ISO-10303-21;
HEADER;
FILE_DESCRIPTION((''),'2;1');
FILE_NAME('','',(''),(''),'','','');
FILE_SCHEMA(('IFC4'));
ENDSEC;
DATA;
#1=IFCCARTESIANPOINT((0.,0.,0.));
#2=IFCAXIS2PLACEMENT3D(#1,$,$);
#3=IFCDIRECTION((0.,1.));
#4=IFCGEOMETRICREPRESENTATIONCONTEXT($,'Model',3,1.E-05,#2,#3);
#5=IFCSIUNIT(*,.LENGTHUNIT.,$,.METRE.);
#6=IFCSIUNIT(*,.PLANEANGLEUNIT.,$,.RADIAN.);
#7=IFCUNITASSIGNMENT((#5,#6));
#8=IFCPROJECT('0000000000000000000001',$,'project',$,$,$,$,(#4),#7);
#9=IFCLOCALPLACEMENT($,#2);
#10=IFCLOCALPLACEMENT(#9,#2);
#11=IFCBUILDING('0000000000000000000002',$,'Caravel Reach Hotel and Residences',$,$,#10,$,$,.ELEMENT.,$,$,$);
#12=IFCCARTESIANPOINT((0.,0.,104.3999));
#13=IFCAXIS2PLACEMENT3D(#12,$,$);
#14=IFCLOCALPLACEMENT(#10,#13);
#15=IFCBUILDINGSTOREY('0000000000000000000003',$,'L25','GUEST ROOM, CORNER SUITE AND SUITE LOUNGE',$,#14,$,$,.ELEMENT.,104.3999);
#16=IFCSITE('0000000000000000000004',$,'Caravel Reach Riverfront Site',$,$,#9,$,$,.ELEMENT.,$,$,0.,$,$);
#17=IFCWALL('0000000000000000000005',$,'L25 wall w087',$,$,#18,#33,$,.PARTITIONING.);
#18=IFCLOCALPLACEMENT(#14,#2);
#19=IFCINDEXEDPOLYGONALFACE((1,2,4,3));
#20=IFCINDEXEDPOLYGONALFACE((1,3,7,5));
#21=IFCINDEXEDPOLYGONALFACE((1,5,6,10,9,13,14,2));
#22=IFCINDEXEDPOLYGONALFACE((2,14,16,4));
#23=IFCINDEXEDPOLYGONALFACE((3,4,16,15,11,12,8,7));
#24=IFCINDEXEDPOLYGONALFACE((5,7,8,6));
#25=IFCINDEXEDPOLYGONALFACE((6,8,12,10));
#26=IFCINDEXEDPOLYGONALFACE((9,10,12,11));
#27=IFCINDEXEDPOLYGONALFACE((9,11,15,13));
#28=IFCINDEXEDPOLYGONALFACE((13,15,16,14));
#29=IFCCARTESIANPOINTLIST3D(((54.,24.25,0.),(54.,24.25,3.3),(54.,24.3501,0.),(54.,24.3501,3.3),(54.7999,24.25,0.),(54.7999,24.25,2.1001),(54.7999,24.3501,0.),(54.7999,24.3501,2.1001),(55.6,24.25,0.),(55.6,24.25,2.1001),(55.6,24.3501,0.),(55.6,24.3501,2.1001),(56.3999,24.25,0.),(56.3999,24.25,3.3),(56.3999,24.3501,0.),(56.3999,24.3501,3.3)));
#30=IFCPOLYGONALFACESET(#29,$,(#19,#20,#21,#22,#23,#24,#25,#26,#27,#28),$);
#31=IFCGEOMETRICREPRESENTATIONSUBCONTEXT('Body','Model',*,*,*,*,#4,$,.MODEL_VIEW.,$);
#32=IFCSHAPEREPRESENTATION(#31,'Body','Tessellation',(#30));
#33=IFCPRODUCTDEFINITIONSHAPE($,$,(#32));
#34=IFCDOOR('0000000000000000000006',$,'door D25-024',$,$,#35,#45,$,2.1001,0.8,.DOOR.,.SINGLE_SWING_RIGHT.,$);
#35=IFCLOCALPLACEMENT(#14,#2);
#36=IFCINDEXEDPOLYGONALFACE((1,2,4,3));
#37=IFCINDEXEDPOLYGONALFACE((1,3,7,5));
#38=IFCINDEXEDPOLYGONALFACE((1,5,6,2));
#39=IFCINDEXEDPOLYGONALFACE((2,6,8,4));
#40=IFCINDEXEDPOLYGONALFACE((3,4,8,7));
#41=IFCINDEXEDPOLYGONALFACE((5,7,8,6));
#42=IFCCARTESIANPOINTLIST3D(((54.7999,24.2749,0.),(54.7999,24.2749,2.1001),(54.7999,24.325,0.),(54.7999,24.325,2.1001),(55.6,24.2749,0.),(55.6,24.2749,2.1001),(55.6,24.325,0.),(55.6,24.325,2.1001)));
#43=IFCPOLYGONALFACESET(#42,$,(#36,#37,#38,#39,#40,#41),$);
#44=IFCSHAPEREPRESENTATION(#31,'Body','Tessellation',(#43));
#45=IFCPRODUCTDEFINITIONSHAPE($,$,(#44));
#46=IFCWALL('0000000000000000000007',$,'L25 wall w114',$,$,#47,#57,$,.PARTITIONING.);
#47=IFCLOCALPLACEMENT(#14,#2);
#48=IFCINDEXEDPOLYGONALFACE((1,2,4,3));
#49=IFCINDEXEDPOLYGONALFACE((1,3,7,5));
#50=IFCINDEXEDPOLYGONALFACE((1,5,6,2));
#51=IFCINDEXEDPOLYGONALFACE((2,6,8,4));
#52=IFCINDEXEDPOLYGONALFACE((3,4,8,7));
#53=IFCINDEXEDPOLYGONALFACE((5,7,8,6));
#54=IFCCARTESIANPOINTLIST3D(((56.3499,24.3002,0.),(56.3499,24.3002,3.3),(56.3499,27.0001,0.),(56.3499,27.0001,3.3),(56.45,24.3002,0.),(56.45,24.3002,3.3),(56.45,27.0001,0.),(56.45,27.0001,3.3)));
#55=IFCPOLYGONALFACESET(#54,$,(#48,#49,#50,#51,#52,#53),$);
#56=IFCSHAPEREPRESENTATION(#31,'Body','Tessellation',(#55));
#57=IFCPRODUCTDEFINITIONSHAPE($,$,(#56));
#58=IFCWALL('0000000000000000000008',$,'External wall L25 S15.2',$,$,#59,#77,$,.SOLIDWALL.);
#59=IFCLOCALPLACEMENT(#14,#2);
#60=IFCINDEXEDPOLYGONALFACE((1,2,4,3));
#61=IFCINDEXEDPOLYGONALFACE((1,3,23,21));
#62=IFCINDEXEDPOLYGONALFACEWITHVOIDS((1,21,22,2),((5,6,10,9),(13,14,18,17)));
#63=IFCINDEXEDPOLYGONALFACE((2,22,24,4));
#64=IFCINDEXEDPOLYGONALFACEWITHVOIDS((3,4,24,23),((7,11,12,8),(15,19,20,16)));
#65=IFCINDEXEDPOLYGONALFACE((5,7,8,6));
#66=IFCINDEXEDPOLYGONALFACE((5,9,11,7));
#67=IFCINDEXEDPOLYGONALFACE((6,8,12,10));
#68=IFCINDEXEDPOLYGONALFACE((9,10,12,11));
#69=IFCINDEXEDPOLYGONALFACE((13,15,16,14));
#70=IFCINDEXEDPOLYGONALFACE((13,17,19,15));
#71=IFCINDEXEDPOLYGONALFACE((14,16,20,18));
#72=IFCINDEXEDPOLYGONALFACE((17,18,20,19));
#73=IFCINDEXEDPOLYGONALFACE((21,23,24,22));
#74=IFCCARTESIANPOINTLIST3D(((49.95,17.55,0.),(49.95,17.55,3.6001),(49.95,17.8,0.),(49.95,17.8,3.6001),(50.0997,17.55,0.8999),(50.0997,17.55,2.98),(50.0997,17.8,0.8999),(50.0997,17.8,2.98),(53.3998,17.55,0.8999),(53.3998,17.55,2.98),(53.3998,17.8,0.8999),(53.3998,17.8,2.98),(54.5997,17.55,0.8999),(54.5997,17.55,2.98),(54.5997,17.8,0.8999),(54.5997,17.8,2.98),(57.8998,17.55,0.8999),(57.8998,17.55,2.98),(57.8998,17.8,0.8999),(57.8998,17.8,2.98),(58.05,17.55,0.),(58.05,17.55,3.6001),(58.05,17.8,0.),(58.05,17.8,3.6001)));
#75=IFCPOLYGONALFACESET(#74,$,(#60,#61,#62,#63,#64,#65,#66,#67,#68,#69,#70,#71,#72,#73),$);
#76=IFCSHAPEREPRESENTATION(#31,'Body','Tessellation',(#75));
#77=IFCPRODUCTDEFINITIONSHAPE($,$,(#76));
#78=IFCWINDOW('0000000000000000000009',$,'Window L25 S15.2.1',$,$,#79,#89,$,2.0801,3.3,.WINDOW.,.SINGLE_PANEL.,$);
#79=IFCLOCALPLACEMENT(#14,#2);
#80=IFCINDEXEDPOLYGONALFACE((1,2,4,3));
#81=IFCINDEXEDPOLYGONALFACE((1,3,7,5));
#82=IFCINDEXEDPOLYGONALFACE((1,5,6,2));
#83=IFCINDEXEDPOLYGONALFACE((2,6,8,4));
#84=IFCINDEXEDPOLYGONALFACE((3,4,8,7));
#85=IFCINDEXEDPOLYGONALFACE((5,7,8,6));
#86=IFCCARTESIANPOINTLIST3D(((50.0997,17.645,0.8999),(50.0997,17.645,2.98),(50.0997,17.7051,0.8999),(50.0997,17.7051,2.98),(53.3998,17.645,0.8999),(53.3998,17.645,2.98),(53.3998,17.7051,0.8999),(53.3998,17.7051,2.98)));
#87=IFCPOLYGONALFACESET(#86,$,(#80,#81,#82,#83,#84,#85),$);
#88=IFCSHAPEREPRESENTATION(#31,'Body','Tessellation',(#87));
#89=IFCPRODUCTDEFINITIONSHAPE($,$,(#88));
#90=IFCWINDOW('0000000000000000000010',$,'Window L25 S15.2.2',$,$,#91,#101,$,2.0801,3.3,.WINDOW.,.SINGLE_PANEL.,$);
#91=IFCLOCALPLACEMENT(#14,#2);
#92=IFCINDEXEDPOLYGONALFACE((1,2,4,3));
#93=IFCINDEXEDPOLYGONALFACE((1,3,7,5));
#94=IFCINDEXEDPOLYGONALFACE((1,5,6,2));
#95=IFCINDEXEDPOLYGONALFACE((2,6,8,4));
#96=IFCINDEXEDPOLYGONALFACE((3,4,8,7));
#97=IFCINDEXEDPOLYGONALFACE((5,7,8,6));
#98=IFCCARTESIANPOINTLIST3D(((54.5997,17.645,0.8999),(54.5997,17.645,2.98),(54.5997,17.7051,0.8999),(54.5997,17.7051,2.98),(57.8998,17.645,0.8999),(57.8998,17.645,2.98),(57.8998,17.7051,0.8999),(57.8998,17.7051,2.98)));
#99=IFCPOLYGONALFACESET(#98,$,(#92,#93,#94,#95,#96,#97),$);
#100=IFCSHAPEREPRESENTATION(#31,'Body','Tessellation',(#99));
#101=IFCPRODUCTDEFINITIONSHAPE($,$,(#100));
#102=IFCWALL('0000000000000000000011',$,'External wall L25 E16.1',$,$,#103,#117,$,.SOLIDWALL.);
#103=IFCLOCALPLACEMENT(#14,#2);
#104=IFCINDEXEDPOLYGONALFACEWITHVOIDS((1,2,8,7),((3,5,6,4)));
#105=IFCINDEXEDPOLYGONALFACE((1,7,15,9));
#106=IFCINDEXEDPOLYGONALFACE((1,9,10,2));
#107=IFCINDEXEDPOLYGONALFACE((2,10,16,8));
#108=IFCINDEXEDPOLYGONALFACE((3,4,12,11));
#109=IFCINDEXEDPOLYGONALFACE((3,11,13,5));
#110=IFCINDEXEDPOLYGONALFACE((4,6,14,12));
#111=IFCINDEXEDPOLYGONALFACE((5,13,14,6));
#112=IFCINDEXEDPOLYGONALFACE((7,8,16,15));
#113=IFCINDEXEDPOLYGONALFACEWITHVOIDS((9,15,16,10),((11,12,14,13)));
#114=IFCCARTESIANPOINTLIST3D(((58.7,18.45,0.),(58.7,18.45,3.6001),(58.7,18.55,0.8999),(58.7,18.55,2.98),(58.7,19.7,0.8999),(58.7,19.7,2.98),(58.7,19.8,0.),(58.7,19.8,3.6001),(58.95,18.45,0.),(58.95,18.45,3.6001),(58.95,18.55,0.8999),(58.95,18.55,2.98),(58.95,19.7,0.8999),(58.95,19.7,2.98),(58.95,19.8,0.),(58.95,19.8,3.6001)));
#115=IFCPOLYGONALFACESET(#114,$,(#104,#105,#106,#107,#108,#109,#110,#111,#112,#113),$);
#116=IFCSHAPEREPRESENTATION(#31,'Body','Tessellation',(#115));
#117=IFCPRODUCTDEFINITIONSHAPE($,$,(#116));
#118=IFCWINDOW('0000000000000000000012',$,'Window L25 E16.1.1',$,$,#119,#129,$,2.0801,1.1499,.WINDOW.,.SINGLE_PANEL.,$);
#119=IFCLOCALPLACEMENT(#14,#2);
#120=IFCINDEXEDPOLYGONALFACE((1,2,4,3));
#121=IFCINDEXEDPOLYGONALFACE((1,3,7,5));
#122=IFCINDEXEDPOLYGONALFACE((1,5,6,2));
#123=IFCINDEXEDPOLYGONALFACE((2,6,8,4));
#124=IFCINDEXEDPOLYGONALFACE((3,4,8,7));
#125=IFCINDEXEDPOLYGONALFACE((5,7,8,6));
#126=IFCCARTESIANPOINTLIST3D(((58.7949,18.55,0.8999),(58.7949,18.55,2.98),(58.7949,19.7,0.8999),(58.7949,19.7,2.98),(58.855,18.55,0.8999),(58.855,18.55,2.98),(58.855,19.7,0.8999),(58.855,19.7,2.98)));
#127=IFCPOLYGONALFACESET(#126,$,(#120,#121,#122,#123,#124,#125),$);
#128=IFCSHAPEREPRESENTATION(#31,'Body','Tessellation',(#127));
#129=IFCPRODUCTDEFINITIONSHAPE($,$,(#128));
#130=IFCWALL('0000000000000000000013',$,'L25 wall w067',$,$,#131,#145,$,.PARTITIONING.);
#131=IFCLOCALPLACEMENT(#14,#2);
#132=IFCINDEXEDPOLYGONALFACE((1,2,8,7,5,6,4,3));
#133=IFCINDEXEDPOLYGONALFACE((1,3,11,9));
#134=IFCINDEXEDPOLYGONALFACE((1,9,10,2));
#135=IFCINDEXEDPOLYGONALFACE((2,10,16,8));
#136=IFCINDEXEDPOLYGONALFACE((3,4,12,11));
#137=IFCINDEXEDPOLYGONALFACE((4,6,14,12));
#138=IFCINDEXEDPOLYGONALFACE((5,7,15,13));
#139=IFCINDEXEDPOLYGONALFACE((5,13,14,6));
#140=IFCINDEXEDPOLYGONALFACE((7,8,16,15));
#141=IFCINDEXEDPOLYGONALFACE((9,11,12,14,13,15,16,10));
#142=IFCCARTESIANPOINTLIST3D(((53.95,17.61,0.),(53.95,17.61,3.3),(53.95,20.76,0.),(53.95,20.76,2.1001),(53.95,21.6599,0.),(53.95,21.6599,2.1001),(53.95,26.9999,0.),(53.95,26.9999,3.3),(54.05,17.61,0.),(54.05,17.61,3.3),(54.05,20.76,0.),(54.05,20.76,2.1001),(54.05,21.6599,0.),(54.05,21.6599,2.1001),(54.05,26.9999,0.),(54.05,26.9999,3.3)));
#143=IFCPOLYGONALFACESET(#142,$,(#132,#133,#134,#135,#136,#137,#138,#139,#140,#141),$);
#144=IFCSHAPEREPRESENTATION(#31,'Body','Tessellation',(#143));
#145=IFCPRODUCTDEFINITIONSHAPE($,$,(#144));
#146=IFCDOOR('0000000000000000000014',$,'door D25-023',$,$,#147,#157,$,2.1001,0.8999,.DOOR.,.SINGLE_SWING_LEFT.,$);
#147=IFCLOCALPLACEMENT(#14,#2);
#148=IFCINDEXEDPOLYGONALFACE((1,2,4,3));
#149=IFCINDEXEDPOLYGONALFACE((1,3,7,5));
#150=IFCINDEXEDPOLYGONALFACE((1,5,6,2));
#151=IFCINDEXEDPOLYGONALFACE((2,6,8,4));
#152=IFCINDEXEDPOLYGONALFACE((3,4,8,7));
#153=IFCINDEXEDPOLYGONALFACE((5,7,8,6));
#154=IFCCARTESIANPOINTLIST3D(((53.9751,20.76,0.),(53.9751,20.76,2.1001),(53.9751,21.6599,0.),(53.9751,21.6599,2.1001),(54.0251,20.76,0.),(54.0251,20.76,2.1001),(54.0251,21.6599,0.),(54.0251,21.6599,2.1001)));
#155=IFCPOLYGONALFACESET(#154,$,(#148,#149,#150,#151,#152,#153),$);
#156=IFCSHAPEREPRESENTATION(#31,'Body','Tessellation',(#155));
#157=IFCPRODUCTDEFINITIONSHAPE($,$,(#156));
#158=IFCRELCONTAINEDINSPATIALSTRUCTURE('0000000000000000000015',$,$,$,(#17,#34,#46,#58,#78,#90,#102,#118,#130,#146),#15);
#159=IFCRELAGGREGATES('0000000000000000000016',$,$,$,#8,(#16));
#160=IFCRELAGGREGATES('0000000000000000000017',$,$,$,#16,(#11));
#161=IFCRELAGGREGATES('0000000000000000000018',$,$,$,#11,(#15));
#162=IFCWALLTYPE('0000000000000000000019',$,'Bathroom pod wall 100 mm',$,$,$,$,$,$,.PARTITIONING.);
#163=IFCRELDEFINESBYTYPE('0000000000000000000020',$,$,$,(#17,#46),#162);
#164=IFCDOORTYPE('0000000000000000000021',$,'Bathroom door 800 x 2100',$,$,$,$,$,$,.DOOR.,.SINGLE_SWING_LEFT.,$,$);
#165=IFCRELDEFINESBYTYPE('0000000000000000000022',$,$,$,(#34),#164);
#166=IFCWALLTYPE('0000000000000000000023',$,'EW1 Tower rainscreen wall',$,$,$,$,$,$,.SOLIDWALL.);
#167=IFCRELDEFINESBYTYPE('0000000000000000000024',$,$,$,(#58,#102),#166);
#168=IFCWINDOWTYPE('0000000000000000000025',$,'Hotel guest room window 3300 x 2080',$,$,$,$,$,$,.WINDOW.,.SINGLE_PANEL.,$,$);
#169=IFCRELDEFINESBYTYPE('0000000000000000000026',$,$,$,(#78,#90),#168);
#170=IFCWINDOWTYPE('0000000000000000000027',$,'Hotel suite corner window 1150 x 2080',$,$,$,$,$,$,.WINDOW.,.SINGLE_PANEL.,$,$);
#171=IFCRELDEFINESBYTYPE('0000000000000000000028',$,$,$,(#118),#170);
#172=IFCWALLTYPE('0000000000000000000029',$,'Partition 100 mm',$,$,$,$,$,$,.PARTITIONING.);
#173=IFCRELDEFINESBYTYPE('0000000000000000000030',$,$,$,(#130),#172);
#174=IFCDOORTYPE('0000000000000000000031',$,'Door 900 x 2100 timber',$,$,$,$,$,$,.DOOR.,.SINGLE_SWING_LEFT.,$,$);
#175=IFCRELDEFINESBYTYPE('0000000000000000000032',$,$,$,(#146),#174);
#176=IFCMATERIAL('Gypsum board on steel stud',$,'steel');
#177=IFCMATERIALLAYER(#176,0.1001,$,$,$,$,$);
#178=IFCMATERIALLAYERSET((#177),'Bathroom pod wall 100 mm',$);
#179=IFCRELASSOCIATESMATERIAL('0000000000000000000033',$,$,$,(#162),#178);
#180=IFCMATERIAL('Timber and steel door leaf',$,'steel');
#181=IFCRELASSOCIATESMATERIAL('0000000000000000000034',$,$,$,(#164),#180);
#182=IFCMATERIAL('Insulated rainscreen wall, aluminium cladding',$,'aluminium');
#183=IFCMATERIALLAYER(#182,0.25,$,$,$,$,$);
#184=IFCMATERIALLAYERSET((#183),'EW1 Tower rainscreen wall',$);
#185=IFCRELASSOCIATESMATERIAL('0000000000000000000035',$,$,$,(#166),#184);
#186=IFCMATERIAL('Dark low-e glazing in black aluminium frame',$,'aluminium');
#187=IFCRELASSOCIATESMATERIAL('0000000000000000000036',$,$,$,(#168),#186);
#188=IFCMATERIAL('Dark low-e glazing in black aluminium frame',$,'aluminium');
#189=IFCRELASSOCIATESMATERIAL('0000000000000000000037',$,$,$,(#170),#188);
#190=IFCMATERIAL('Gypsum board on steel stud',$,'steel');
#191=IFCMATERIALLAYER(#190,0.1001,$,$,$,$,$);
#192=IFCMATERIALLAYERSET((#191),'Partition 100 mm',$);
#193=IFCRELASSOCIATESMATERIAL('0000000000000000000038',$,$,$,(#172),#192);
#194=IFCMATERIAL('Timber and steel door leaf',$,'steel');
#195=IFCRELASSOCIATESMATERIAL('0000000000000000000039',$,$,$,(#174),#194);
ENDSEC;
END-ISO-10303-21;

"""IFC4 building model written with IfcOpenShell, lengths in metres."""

from ifc_helpers import new_model, si_unit, direction, frame, frame_2d, origin, place, context, subcontext, project, spatial, rectangle, extrude, material, layer, layer_set, type_object, element, fill, save


model = new_model("IFC4")

# Units and contexts
model_context = context("Model", 3, precision=1e-05, world=origin(), true_north=direction((0.0, 1.0)))
body_context = subcontext(model_context, "Body", "Model", "MODEL_VIEW")
ifc_project = project(units=[si_unit("LENGTHUNIT", "METRE"), si_unit("PLANEANGLEUNIT", "RADIAN")], contexts=[model_context])

# Site, building, storey
site_placement = place(None, origin())
site = spatial("IfcSite", under=ifc_project, at=site_placement, Name="Caravel Reach Riverfront Site", CompositionType="ELEMENT", RefElevation=0.0)
building_placement = place(site_placement, origin())
building = spatial("IfcBuilding", under=site, at=building_placement, Name="Caravel Reach Hotel and Residences", CompositionType="ELEMENT")
storey_placement = place(building_placement, frame((0.0, 0.0, 104.3999)))
storey = spatial("IfcBuildingStorey", under=building, at=storey_placement, Name="L25", Description="GUEST ROOM, CORNER SUITE AND SUITE LOUNGE", CompositionType="ELEMENT", Elevation=104.3999)

# Wall, opening, door
ifc_material_1 = material(Name="Gypsum board on steel stud", Category="steel")
ifc_layer_1 = layer(ifc_material_1, 0.1001)
ifc_layer_set_1 = layer_set([ifc_layer_1], Name="Bathroom pod wall 100 mm")
wall_type_1 = type_object("IfcWallType", Name="Bathroom pod wall 100 mm", PredefinedType="PARTITIONING", material=ifc_layer_set_1)
wall_1_placement = place(storey_placement, frame((54.0, 24.3, 0.0), z_axis=(0.0, 0.0, 1.0), x_axis=(1.0, 0.0, 0.0)))
wall_1 = element("IfcWall", 1, at=wall_1_placement, inside=storey, type_object=wall_type_1, Name="L25 wall w087", PredefinedType="PARTITIONING", context=body_context, shape_type="SweptSolid", body=[
    extrude(rectangle(XDim=2.3999, YDim=0.1001, at=frame_2d((1.2, 0.0))), origin(), (0.0, 0.0, 1.0), 3.3),
])
opening_1_placement = place(wall_1_placement, frame((0.8, 0.0, 0.0)))
opening_1 = element("IfcOpeningElement", 2, at=opening_1_placement, cuts=wall_1, PredefinedType="OPENING", context=body_context, shape_type="SweptSolid", body=[
    extrude(rectangle(XDim=0.8, YDim=2.1001, at=frame_2d((0.3999, 1.05))), frame((0.0, 0.0601, 0.0), z_axis=(0.0, -1.0, 0.0), x_axis=(1.0, 0.0, 0.0)), (0.0, 0.0, 1.0), 0.1201),
])
ifc_material_2 = material(Name="Timber and steel door leaf", Category="steel")
door_type_1 = type_object("IfcDoorType", Name="Bathroom door 800 x 2100", OperationType="SINGLE_SWING_LEFT", PredefinedType="DOOR", material=ifc_material_2)
door_1_placement = place(opening_1_placement, origin())
door_1 = element("IfcDoor", 3, at=door_1_placement, inside=storey, type_object=door_type_1, Name="door D25-024", OperationType="SINGLE_SWING_RIGHT", OverallHeight=2.1001, OverallWidth=0.8, PredefinedType="DOOR", context=body_context, shape_type="SweptSolid", body=[
    extrude(rectangle(XDim=0.8, YDim=2.1001, at=frame_2d((0.3999, 1.05))), frame((0.0, 0.0249, 0.0), z_axis=(0.0, -1.0, 0.0), x_axis=(1.0, 0.0, 0.0)), (0.0, 0.0, 1.0), 0.05),
])
fill(opening_1, door_1)

# Wall
wall_2_placement = place(storey_placement, frame((56.3999, 24.3, 0.0), z_axis=(0.0, 0.0, 1.0), x_axis=(0.0, 1.0, 0.0)))
element("IfcWall", 4, at=wall_2_placement, inside=storey, type_object=wall_type_1, Name="L25 wall w114", PredefinedType="PARTITIONING", context=body_context, shape_type="SweptSolid", body=[
    extrude(rectangle(XDim=2.7, YDim=0.1001, at=frame_2d((1.3501, 0.0))), origin(), (0.0, 0.0, 1.0), 3.3),
])

# Wall, openings, windows
ifc_material_3 = material(Name="Insulated rainscreen wall, aluminium cladding", Category="aluminium")
ifc_layer_2 = layer(ifc_material_3, 0.25)
ifc_layer_set_2 = layer_set([ifc_layer_2], Name="EW1 Tower rainscreen wall")
wall_type_2 = type_object("IfcWallType", Name="EW1 Tower rainscreen wall", PredefinedType="SOLIDWALL", material=ifc_layer_set_2)
wall_3_placement = place(storey_placement, frame((49.95, 17.675, 0.0), z_axis=(0.0, 0.0, 1.0), x_axis=(1.0, 0.0, 0.0)))
wall_3 = element("IfcWall", 5, at=wall_3_placement, inside=storey, type_object=wall_type_2, Name="External wall L25 S15.2", PredefinedType="SOLIDWALL", context=body_context, shape_type="SweptSolid", body=[
    extrude(rectangle(XDim=8.1001, YDim=0.25, at=frame_2d((4.05, 0.0))), origin(), (0.0, 0.0, 1.0), 3.6001),
])
opening_2_placement = place(wall_3_placement, frame((0.1499, 0.0, 0.8999)))
opening_2 = element("IfcOpeningElement", 6, at=opening_2_placement, cuts=wall_3, PredefinedType="OPENING", context=body_context, shape_type="SweptSolid", body=[
    extrude(rectangle(XDim=3.3, YDim=2.0801, at=frame_2d((1.6499, 1.04))), frame((0.0, 0.135, 0.0), z_axis=(0.0, -1.0, 0.0), x_axis=(1.0, 0.0, 0.0)), (0.0, 0.0, 1.0), 0.27),
])
opening_3_placement = place(wall_3_placement, frame((4.6499, 0.0, 0.8999)))
opening_3 = element("IfcOpeningElement", 7, at=opening_3_placement, cuts=wall_3, PredefinedType="OPENING", context=body_context, shape_type="SweptSolid", body=[
    extrude(rectangle(XDim=3.3, YDim=2.0801, at=frame_2d((1.6499, 1.04))), frame((0.0, 0.135, 0.0), z_axis=(0.0, -1.0, 0.0), x_axis=(1.0, 0.0, 0.0)), (0.0, 0.0, 1.0), 0.27),
])
ifc_material_4 = material(Name="Dark low-e glazing in black aluminium frame", Category="aluminium")
window_type_1 = type_object("IfcWindowType", Name="Hotel guest room window 3300 x 2080", PartitioningType="SINGLE_PANEL", PredefinedType="WINDOW", material=ifc_material_4)
window_1_placement = place(opening_2_placement, origin())
window_1 = element("IfcWindow", 8, at=window_1_placement, inside=storey, type_object=window_type_1, Name="Window L25 S15.2.1", OverallHeight=2.0801, OverallWidth=3.3, PartitioningType="SINGLE_PANEL", PredefinedType="WINDOW", context=body_context, shape_type="SweptSolid", body=[
    extrude(rectangle(XDim=3.3, YDim=2.0801, at=frame_2d((1.6499, 1.04))), frame((0.0, 0.03, 0.0), z_axis=(0.0, -1.0, 0.0), x_axis=(1.0, 0.0, 0.0)), (0.0, 0.0, 1.0), 0.0601),
])
fill(opening_2, window_1)
window_2_placement = place(opening_3_placement, origin())
window_2 = element("IfcWindow", 9, at=window_2_placement, inside=storey, type_object=window_type_1, Name="Window L25 S15.2.2", OverallHeight=2.0801, OverallWidth=3.3, PartitioningType="SINGLE_PANEL", PredefinedType="WINDOW", context=body_context, shape_type="SweptSolid", body=[
    extrude(rectangle(XDim=3.3, YDim=2.0801, at=frame_2d((1.6499, 1.04))), frame((0.0, 0.03, 0.0), z_axis=(0.0, -1.0, 0.0), x_axis=(1.0, 0.0, 0.0)), (0.0, 0.0, 1.0), 0.0601),
])
fill(opening_3, window_2)

# Wall, opening, window
wall_4_placement = place(storey_placement, frame((58.825, 18.45, 0.0), z_axis=(0.0, 0.0, 1.0), x_axis=(0.0, 1.0, 0.0)))
wall_4 = element("IfcWall", 10, at=wall_4_placement, inside=storey, type_object=wall_type_2, Name="External wall L25 E16.1", PredefinedType="SOLIDWALL", context=body_context, shape_type="SweptSolid", body=[
    extrude(rectangle(XDim=1.3501, YDim=0.25, at=frame_2d((0.675, 0.0))), origin(), (0.0, 0.0, 1.0), 3.6001),
])
opening_4_placement = place(wall_4_placement, frame((0.1001, 0.0, 0.8999)))
opening_4 = element("IfcOpeningElement", 11, at=opening_4_placement, cuts=wall_4, PredefinedType="OPENING", context=body_context, shape_type="SweptSolid", body=[
    extrude(rectangle(XDim=1.1499, YDim=2.0801, at=frame_2d((0.575, 1.04))), frame((0.0, 0.135, 0.0), z_axis=(0.0, -1.0, 0.0), x_axis=(1.0, 0.0, 0.0)), (0.0, 0.0, 1.0), 0.27),
])
ifc_material_5 = material(Name="Dark low-e glazing in black aluminium frame", Category="aluminium")
window_type_2 = type_object("IfcWindowType", Name="Hotel suite corner window 1150 x 2080", PartitioningType="SINGLE_PANEL", PredefinedType="WINDOW", material=ifc_material_5)
window_3_placement = place(opening_4_placement, origin())
window_3 = element("IfcWindow", 12, at=window_3_placement, inside=storey, type_object=window_type_2, Name="Window L25 E16.1.1", OverallHeight=2.0801, OverallWidth=1.1499, PartitioningType="SINGLE_PANEL", PredefinedType="WINDOW", context=body_context, shape_type="SweptSolid", body=[
    extrude(rectangle(XDim=1.1499, YDim=2.0801, at=frame_2d((0.575, 1.04))), frame((0.0, 0.03, 0.0), z_axis=(0.0, -1.0, 0.0), x_axis=(1.0, 0.0, 0.0)), (0.0, 0.0, 1.0), 0.0601),
])
fill(opening_4, window_3)

# Wall, opening, door
ifc_material_6 = material(Name="Gypsum board on steel stud", Category="steel")
ifc_layer_3 = layer(ifc_material_6, 0.1001)
ifc_layer_set_3 = layer_set([ifc_layer_3], Name="Partition 100 mm")
wall_type_3 = type_object("IfcWallType", Name="Partition 100 mm", PredefinedType="PARTITIONING", material=ifc_layer_set_3)
wall_5_placement = place(storey_placement, frame((54.0, 17.6101, 0.0), z_axis=(0.0, 0.0, 1.0), x_axis=(0.0, 1.0, 0.0)))
wall_5 = element("IfcWall", 13, at=wall_5_placement, inside=storey, type_object=wall_type_3, Name="L25 wall w067", PredefinedType="PARTITIONING", context=body_context, shape_type="SweptSolid", body=[
    extrude(rectangle(XDim=9.3899, YDim=0.1001, at=frame_2d((4.6948, 0.0))), origin(), (0.0, 0.0, 1.0), 3.3),
])
opening_5_placement = place(wall_5_placement, frame((3.1499, 0.0, 0.0)))
opening_5 = element("IfcOpeningElement", 14, at=opening_5_placement, cuts=wall_5, PredefinedType="OPENING", context=body_context, shape_type="SweptSolid", body=[
    extrude(rectangle(XDim=0.8999, YDim=2.1001, at=frame_2d((0.45, 1.05))), frame((0.0, 0.0601, 0.0), z_axis=(0.0, -1.0, 0.0), x_axis=(1.0, 0.0, 0.0)), (0.0, 0.0, 1.0), 0.1201),
])
ifc_material_7 = material(Name="Timber and steel door leaf", Category="steel")
door_type_2 = type_object("IfcDoorType", Name="Door 900 x 2100 timber", OperationType="SINGLE_SWING_LEFT", PredefinedType="DOOR", material=ifc_material_7)
door_2_placement = place(opening_5_placement, origin())
door_2 = element("IfcDoor", 15, at=door_2_placement, inside=storey, type_object=door_type_2, Name="door D25-023", OperationType="SINGLE_SWING_LEFT", OverallHeight=2.1001, OverallWidth=0.8999, PredefinedType="DOOR", context=body_context, shape_type="SweptSolid", body=[
    extrude(rectangle(XDim=0.8999, YDim=2.1001, at=frame_2d((0.45, 1.05))), frame((0.0, 0.0249, 0.0), z_axis=(0.0, -1.0, 0.0), x_axis=(1.0, 0.0, 0.0)), (0.0, 0.0, 1.0), 0.05),
])
fill(opening_5, door_2)

save(model, "model.ifc")
